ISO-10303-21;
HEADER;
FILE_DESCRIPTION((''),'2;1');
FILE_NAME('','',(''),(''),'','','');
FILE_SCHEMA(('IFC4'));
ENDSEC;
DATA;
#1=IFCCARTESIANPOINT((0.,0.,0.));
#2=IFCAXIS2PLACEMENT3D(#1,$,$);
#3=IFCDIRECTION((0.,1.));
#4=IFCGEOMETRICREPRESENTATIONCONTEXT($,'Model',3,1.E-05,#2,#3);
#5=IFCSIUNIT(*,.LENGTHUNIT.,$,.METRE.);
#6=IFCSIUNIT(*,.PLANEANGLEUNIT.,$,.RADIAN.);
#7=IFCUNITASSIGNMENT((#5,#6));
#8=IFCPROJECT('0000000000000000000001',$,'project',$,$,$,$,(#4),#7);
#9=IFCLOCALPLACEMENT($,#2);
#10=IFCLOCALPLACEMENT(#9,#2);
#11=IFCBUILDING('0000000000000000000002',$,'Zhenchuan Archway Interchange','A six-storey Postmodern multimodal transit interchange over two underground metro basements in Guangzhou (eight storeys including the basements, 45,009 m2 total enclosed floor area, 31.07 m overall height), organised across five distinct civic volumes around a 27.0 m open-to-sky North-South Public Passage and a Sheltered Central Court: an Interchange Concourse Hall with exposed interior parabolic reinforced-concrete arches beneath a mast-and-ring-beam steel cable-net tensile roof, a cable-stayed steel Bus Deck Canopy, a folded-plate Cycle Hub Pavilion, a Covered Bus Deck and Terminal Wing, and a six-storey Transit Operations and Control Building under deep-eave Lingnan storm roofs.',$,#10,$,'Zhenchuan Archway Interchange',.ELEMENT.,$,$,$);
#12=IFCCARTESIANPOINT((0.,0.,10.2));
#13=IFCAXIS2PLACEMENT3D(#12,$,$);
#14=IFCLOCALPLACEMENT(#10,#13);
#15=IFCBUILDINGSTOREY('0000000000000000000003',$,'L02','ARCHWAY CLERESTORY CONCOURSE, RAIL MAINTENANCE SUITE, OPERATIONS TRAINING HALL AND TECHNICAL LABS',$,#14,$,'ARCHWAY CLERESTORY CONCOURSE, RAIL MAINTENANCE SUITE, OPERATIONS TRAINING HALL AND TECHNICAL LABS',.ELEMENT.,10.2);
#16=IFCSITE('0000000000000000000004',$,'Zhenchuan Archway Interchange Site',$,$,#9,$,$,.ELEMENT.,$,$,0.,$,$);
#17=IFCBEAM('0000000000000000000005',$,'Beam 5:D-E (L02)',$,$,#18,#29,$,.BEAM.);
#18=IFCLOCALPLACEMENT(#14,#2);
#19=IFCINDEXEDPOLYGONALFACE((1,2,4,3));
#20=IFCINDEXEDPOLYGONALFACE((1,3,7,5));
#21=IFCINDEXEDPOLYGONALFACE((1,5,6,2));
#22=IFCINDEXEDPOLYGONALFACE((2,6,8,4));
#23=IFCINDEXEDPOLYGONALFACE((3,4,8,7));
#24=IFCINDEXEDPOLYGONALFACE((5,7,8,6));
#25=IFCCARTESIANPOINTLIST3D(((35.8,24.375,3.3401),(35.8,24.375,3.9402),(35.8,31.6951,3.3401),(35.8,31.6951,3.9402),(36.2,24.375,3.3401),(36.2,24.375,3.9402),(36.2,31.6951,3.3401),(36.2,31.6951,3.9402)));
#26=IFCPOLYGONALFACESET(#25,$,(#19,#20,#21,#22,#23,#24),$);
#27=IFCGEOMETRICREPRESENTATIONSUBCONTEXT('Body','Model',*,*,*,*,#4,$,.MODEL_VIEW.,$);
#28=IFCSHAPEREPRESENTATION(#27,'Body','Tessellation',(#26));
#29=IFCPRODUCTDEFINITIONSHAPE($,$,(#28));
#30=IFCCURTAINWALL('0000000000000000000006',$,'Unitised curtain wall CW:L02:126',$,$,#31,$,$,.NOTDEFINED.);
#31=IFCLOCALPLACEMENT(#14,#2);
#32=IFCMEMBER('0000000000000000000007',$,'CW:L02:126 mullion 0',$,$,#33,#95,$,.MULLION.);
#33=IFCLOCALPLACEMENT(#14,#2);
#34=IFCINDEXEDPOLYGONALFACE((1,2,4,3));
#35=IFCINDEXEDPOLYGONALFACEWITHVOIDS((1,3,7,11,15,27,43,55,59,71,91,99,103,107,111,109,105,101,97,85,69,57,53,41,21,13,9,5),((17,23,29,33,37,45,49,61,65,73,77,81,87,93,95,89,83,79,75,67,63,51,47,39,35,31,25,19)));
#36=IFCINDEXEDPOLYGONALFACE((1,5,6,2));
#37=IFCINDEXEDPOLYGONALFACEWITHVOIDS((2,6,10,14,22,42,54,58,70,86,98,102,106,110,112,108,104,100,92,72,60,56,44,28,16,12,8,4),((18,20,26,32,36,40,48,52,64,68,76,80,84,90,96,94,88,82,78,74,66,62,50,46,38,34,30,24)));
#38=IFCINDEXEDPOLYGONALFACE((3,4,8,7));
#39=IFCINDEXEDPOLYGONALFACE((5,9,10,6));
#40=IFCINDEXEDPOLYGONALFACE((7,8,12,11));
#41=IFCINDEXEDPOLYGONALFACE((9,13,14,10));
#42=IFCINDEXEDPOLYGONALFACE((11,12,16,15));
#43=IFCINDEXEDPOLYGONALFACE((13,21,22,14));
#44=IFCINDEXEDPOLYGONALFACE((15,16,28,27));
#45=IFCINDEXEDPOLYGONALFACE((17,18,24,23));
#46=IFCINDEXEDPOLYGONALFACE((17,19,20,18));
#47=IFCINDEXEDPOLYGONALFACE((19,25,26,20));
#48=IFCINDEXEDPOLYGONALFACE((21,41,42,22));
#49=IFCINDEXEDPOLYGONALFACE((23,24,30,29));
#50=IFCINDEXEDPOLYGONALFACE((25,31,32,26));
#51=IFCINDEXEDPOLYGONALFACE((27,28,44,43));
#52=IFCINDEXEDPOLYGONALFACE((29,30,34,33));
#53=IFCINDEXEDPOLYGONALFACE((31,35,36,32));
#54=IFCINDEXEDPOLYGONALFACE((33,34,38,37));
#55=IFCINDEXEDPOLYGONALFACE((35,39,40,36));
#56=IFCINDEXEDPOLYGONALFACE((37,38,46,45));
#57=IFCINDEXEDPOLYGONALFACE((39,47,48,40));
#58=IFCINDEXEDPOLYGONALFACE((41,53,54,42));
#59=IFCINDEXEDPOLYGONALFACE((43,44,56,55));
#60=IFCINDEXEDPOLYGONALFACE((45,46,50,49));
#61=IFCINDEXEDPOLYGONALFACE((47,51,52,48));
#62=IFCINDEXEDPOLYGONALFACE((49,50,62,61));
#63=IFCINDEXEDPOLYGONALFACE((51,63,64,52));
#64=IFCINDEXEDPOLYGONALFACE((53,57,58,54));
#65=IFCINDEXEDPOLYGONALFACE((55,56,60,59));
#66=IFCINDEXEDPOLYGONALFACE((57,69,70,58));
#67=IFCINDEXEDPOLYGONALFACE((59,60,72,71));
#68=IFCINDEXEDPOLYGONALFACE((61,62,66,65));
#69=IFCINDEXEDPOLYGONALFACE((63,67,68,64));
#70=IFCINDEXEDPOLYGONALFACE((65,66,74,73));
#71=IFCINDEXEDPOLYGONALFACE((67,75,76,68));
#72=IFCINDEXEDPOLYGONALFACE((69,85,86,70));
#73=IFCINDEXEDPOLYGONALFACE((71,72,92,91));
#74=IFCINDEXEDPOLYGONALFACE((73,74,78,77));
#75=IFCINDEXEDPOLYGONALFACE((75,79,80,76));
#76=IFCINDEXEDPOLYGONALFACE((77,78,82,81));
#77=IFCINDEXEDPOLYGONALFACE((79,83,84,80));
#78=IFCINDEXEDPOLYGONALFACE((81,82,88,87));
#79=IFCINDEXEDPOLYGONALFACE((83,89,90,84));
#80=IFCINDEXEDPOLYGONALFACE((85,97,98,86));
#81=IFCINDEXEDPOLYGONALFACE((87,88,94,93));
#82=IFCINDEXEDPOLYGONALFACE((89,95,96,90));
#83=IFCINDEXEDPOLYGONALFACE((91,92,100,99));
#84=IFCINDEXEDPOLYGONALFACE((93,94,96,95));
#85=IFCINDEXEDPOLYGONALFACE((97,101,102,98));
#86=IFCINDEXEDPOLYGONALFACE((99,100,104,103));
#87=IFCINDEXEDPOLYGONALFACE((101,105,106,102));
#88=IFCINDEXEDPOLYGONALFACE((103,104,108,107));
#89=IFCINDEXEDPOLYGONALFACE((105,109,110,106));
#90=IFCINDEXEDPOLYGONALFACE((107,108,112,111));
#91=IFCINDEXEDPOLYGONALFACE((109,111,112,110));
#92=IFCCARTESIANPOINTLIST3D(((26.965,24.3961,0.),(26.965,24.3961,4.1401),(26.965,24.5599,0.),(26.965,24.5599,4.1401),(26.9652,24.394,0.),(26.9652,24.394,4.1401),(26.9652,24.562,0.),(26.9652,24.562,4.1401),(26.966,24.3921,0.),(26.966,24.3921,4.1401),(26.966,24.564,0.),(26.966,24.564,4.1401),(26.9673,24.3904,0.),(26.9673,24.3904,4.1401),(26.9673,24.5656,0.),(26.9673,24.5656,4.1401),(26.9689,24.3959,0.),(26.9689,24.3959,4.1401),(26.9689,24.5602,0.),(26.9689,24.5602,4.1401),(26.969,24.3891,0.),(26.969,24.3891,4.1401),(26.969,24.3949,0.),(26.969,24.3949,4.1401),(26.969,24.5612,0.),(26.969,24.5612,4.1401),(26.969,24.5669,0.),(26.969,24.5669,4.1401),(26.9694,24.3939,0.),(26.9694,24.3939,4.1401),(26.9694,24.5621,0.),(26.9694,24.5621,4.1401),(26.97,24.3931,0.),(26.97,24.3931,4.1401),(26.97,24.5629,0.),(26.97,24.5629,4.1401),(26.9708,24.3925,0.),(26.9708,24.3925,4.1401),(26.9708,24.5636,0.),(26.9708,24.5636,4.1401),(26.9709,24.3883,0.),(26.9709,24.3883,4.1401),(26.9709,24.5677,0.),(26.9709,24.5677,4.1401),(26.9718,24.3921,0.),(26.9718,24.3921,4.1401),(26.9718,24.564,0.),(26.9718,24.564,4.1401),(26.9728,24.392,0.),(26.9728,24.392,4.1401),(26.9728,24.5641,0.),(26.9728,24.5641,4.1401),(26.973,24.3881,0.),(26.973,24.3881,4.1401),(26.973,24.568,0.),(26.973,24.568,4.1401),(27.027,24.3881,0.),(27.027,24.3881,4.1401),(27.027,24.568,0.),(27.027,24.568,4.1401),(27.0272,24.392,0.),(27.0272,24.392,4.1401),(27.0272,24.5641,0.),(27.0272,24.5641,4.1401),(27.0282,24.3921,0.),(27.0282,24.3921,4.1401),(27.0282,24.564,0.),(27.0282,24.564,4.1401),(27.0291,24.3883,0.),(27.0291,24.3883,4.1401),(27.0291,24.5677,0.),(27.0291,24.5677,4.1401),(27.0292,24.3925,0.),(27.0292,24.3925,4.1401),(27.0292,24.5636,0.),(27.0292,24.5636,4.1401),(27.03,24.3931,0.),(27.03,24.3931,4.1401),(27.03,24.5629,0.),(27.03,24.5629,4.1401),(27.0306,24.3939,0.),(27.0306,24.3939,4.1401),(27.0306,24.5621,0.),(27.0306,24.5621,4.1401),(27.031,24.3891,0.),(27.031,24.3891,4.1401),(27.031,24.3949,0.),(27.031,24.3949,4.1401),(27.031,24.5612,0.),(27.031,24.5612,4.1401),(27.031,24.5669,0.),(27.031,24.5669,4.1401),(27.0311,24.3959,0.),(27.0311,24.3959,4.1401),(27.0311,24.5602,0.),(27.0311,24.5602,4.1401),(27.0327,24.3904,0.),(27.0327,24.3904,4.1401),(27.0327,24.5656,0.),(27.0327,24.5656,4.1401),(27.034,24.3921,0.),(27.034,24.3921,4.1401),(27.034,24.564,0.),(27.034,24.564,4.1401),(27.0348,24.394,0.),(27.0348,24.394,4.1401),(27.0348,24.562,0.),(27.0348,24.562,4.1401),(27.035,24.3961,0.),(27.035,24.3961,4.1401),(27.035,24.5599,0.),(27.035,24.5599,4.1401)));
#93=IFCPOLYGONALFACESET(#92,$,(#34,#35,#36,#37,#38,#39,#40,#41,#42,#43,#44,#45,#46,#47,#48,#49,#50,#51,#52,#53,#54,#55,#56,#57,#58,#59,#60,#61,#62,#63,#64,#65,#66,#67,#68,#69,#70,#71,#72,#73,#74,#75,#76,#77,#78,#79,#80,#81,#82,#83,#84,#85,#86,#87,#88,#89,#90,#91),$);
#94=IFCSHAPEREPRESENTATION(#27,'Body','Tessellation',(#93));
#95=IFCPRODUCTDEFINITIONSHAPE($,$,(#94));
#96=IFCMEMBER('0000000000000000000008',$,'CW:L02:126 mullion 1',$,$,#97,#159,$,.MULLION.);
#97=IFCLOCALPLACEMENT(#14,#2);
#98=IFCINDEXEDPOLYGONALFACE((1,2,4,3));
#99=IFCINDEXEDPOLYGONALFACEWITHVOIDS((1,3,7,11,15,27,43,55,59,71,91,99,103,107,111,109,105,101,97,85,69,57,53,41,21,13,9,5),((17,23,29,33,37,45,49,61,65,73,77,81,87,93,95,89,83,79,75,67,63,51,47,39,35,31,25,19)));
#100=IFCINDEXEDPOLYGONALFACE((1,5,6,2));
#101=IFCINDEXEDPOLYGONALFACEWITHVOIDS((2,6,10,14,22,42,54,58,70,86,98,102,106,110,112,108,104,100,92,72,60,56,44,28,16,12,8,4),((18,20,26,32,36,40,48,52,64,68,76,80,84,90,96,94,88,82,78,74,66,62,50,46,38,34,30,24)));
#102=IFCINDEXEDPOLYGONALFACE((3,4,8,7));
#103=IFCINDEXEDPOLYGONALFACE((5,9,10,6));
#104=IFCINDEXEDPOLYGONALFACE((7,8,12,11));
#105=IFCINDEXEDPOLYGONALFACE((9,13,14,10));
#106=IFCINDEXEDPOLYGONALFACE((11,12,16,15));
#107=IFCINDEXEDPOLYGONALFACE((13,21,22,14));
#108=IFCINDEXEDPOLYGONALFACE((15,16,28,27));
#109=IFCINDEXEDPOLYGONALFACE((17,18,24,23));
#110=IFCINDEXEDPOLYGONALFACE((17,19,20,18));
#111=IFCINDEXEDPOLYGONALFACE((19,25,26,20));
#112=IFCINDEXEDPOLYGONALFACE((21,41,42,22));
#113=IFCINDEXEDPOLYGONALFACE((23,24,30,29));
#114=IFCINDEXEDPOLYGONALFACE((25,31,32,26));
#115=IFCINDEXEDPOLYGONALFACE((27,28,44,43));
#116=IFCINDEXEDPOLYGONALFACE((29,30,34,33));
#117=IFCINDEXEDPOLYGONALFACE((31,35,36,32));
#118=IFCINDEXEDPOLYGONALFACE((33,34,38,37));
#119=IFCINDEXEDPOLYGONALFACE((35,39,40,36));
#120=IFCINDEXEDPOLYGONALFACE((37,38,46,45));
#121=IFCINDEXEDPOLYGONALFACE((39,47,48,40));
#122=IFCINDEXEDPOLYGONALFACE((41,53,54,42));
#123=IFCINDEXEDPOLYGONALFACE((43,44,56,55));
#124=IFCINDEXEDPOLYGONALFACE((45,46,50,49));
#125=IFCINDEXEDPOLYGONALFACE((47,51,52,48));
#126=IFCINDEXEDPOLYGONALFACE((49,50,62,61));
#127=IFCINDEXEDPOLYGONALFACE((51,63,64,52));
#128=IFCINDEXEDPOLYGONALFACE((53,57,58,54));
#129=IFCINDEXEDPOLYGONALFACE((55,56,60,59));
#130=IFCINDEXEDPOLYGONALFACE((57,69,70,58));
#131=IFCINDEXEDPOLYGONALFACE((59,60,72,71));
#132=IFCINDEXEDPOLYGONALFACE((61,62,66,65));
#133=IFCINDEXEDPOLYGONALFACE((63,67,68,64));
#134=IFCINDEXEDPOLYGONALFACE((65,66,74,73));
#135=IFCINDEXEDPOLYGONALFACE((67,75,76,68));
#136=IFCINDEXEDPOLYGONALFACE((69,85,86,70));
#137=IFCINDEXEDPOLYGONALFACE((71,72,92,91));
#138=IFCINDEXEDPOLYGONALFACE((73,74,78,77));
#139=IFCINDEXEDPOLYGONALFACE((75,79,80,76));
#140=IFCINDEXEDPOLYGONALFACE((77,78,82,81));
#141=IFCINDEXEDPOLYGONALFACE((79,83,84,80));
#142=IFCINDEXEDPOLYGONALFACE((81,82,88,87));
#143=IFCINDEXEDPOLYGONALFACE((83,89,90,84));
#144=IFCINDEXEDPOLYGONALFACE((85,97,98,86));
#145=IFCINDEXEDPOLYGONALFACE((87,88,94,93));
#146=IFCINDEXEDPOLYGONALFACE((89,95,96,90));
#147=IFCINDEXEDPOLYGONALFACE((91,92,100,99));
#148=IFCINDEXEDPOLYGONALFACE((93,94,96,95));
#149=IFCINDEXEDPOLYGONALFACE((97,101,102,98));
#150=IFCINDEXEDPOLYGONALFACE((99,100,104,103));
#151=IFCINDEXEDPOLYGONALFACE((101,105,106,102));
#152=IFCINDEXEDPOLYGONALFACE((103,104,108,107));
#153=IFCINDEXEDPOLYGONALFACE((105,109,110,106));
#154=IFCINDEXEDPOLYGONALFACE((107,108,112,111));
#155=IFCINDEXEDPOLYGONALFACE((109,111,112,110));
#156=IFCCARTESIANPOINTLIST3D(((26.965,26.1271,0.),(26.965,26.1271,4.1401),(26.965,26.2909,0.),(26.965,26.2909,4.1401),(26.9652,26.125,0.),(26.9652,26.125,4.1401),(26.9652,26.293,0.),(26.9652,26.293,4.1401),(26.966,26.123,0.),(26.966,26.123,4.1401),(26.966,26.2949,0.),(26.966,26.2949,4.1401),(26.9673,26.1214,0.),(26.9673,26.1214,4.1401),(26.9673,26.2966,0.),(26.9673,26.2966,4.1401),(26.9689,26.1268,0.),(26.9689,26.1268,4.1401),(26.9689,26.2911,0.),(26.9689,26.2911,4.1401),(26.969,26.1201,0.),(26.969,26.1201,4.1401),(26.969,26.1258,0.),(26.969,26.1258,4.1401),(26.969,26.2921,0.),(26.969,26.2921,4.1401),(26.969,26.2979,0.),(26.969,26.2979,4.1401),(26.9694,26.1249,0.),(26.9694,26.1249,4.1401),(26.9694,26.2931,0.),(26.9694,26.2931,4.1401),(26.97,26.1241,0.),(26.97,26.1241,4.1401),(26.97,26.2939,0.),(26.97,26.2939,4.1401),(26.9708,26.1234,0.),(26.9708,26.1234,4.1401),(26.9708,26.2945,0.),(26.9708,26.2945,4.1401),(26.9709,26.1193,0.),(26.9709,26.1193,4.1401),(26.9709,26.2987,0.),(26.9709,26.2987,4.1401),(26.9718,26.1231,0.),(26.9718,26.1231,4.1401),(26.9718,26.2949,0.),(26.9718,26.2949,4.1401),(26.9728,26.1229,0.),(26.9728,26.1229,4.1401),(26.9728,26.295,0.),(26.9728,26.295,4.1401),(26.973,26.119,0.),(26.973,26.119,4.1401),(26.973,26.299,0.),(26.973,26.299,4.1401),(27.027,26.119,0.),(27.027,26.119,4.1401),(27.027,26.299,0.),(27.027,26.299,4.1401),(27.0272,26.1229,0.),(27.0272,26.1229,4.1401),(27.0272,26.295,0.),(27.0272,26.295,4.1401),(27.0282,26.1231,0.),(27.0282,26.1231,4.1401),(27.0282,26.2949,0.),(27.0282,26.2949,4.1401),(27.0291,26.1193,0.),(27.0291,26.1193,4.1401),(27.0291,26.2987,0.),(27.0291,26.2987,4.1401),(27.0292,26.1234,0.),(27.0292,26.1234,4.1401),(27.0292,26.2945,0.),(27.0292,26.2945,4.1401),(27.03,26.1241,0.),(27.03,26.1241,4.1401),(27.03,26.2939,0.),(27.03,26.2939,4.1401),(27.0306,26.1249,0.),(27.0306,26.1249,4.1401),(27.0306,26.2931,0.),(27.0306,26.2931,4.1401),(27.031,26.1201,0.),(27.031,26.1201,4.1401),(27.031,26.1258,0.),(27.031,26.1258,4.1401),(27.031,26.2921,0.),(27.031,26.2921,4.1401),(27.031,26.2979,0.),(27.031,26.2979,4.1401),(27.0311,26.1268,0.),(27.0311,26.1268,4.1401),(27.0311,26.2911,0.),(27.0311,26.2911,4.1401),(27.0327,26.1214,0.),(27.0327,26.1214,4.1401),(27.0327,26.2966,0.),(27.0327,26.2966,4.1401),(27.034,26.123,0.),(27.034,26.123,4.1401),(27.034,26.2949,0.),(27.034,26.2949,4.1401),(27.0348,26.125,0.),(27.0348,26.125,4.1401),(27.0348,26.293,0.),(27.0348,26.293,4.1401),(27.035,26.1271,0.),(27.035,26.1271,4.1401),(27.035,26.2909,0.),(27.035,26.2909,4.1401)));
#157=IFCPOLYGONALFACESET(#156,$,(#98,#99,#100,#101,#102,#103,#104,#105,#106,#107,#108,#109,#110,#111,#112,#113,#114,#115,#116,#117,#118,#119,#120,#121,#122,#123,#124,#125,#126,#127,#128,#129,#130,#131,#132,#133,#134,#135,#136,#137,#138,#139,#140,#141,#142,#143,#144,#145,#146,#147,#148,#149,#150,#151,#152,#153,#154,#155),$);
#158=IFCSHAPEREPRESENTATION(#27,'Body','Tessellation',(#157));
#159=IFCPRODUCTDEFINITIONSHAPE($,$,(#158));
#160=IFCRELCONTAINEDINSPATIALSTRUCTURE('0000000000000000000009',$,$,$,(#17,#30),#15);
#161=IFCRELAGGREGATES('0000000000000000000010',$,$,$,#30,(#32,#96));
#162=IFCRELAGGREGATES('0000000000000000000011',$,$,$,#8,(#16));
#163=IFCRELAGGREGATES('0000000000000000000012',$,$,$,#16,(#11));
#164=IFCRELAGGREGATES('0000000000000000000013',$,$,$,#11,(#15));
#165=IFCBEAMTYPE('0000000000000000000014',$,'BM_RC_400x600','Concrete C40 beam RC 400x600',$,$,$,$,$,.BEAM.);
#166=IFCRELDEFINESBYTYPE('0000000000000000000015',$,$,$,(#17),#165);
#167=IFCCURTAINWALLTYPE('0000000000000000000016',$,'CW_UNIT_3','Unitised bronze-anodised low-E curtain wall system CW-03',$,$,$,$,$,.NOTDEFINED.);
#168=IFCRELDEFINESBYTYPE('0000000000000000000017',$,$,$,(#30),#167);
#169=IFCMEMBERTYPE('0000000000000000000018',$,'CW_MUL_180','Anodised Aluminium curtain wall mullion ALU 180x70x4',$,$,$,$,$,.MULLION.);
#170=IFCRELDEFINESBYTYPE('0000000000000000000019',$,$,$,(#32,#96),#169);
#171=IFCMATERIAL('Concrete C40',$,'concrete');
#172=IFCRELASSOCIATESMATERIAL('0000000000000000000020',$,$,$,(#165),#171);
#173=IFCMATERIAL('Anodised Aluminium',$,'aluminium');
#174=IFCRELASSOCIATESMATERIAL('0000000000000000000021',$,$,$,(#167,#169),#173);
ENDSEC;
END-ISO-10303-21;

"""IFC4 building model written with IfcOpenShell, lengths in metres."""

from ifc_helpers import new_model, si_unit, direction, frame, origin, origin_2d, place, context, subcontext, project, spatial, rectangle, hollow_rectangle, extrude, material, material_profile, profile_set, type_object, element, aggregate, save


model = new_model("IFC4")

# Units and contexts
model_context = context("Model", 3, precision=1e-05, world=origin(), true_north=direction((0.0, 1.0)))
body_context = subcontext(model_context, "Body", "Model", "MODEL_VIEW")
ifc_project = project(units=[si_unit("LENGTHUNIT", "METRE"), si_unit("PLANEANGLEUNIT", "RADIAN")], contexts=[model_context])

# Site, building, storey
site_placement = place(None, origin())
site = spatial("IfcSite", under=ifc_project, at=site_placement, Name="Zhenchuan Archway Interchange Site", CompositionType="ELEMENT", RefElevation=0.0)
building_placement = place(site_placement, origin())
building = spatial("IfcBuilding", under=site, at=building_placement, Name="Zhenchuan Archway Interchange", Description="A six-storey Postmodern multimodal transit interchange over two underground metro basements in Guangzhou (eight storeys including the basements, 45,009 m2 total enclosed floor area, 31.07 m overall height), organised across five distinct civic volumes around a 27.0 m open-to-sky North-South Public Passage and a Sheltered Central Court: an Interchange Concourse Hall with exposed interior parabolic reinforced-concrete arches beneath a mast-and-ring-beam steel cable-net tensile roof, a cable-stayed steel Bus Deck Canopy, a folded-plate Cycle Hub Pavilion, a Covered Bus Deck and Terminal Wing, and a six-storey Transit Operations and Control Building under deep-eave Lingnan storm roofs.", LongName="Zhenchuan Archway Interchange", CompositionType="ELEMENT")
storey_placement = place(building_placement, frame((0.0, 0.0, 10.2)))
storey = spatial("IfcBuildingStorey", under=building, at=storey_placement, Name="L02", Description="ARCHWAY CLERESTORY CONCOURSE, RAIL MAINTENANCE SUITE, OPERATIONS TRAINING HALL AND TECHNICAL LABS", LongName="ARCHWAY CLERESTORY CONCOURSE, RAIL MAINTENANCE SUITE, OPERATIONS TRAINING HALL AND TECHNICAL LABS", CompositionType="ELEMENT", Elevation=10.2)

# Beam
ifc_material_1 = material(Name="Concrete C40", Category="concrete")
ifc_material_profile_1 = material_profile(ifc_material_1, rectangle(XDim=0.3999, YDim=0.6001, at=origin_2d()), Name="RC 400x600")
ifc_profile_set_1 = profile_set([ifc_material_profile_1], Name="Concrete C40")
beam_type_1 = type_object("IfcBeamType", Name="BM_RC_400x600", Description="Concrete C40 beam RC 400x600", PredefinedType="BEAM", material=ifc_profile_set_1)
beam_1_placement = place(storey_placement, frame((36.0, 24.375, 3.6401), z_axis=(0.0, 1.0, 0.0), x_axis=(-1.0, 0.0, 0.0)))
element("IfcBeam", 1, at=beam_1_placement, inside=storey, type_object=beam_type_1, Name="Beam 5:D-E (L02)", PredefinedType="BEAM", context=body_context, shape_type="SweptSolid", body=[
    extrude(rectangle(XDim=0.3999, YDim=0.6001, at=origin_2d()), origin(), (0.0, 0.0, 1.0), 7.3201),
])

# Curtain wall, members
ifc_material_2 = material(Name="Anodised Aluminium", Category="aluminium")
curtain_wall_type = type_object("IfcCurtainWallType", Name="CW_UNIT_3", Description="Unitised bronze-anodised low-E curtain wall system CW-03", PredefinedType="NOTDEFINED", material=ifc_material_2)
curtain_wall_placement = place(storey_placement, origin())
curtain_wall = element("IfcCurtainWall", 2, at=curtain_wall_placement, inside=storey, type_object=curtain_wall_type, Name="Unitised curtain wall CW:L02:126", PredefinedType="NOTDEFINED")
ifc_material_profile_2 = material_profile(ifc_material_2, hollow_rectangle(XDim=0.0701, YDim=0.1799, WallThickness=0.0039, InnerFilletRadius=0.0039, OuterFilletRadius=0.0081, at=origin_2d()), Name="ALU 180x70x4")
ifc_profile_set_2 = profile_set([ifc_material_profile_2], Name="Anodised Aluminium")
member_type_1 = type_object("IfcMemberType", Name="CW_MUL_180", Description="Anodised Aluminium curtain wall mullion ALU 180x70x4", PredefinedType="MULLION", material=ifc_profile_set_2)
member_1_placement = place(storey_placement, frame((27.0, 24.478, 0.0), z_axis=(0.0, 0.0, 1.0), x_axis=(1.0, 0.0, 0.0)))
member_1 = element("IfcMember", 3, at=member_1_placement, type_object=member_type_1, Name="CW:L02:126 mullion 0", PredefinedType="MULLION", context=body_context, shape_type="SweptSolid", body=[
    extrude(hollow_rectangle(XDim=0.0701, YDim=0.1799, WallThickness=0.0039, InnerFilletRadius=0.0039, OuterFilletRadius=0.0081, at=origin_2d()), origin(), (0.0, 0.0, 1.0), 4.1401),
])
member_2_placement = place(storey_placement, frame((27.0, 26.209, 0.0), z_axis=(0.0, 0.0, 1.0), x_axis=(1.0, 0.0, 0.0)))
member_2 = element("IfcMember", 4, at=member_2_placement, type_object=member_type_1, Name="CW:L02:126 mullion 1", PredefinedType="MULLION", context=body_context, shape_type="SweptSolid", body=[
    extrude(hollow_rectangle(XDim=0.0701, YDim=0.1799, WallThickness=0.0039, InnerFilletRadius=0.0039, OuterFilletRadius=0.0081, at=origin_2d()), origin(), (0.0, 0.0, 1.0), 4.1401),
])

aggregate(curtain_wall, [member_1, member_2])

save(model, "model.ifc")
